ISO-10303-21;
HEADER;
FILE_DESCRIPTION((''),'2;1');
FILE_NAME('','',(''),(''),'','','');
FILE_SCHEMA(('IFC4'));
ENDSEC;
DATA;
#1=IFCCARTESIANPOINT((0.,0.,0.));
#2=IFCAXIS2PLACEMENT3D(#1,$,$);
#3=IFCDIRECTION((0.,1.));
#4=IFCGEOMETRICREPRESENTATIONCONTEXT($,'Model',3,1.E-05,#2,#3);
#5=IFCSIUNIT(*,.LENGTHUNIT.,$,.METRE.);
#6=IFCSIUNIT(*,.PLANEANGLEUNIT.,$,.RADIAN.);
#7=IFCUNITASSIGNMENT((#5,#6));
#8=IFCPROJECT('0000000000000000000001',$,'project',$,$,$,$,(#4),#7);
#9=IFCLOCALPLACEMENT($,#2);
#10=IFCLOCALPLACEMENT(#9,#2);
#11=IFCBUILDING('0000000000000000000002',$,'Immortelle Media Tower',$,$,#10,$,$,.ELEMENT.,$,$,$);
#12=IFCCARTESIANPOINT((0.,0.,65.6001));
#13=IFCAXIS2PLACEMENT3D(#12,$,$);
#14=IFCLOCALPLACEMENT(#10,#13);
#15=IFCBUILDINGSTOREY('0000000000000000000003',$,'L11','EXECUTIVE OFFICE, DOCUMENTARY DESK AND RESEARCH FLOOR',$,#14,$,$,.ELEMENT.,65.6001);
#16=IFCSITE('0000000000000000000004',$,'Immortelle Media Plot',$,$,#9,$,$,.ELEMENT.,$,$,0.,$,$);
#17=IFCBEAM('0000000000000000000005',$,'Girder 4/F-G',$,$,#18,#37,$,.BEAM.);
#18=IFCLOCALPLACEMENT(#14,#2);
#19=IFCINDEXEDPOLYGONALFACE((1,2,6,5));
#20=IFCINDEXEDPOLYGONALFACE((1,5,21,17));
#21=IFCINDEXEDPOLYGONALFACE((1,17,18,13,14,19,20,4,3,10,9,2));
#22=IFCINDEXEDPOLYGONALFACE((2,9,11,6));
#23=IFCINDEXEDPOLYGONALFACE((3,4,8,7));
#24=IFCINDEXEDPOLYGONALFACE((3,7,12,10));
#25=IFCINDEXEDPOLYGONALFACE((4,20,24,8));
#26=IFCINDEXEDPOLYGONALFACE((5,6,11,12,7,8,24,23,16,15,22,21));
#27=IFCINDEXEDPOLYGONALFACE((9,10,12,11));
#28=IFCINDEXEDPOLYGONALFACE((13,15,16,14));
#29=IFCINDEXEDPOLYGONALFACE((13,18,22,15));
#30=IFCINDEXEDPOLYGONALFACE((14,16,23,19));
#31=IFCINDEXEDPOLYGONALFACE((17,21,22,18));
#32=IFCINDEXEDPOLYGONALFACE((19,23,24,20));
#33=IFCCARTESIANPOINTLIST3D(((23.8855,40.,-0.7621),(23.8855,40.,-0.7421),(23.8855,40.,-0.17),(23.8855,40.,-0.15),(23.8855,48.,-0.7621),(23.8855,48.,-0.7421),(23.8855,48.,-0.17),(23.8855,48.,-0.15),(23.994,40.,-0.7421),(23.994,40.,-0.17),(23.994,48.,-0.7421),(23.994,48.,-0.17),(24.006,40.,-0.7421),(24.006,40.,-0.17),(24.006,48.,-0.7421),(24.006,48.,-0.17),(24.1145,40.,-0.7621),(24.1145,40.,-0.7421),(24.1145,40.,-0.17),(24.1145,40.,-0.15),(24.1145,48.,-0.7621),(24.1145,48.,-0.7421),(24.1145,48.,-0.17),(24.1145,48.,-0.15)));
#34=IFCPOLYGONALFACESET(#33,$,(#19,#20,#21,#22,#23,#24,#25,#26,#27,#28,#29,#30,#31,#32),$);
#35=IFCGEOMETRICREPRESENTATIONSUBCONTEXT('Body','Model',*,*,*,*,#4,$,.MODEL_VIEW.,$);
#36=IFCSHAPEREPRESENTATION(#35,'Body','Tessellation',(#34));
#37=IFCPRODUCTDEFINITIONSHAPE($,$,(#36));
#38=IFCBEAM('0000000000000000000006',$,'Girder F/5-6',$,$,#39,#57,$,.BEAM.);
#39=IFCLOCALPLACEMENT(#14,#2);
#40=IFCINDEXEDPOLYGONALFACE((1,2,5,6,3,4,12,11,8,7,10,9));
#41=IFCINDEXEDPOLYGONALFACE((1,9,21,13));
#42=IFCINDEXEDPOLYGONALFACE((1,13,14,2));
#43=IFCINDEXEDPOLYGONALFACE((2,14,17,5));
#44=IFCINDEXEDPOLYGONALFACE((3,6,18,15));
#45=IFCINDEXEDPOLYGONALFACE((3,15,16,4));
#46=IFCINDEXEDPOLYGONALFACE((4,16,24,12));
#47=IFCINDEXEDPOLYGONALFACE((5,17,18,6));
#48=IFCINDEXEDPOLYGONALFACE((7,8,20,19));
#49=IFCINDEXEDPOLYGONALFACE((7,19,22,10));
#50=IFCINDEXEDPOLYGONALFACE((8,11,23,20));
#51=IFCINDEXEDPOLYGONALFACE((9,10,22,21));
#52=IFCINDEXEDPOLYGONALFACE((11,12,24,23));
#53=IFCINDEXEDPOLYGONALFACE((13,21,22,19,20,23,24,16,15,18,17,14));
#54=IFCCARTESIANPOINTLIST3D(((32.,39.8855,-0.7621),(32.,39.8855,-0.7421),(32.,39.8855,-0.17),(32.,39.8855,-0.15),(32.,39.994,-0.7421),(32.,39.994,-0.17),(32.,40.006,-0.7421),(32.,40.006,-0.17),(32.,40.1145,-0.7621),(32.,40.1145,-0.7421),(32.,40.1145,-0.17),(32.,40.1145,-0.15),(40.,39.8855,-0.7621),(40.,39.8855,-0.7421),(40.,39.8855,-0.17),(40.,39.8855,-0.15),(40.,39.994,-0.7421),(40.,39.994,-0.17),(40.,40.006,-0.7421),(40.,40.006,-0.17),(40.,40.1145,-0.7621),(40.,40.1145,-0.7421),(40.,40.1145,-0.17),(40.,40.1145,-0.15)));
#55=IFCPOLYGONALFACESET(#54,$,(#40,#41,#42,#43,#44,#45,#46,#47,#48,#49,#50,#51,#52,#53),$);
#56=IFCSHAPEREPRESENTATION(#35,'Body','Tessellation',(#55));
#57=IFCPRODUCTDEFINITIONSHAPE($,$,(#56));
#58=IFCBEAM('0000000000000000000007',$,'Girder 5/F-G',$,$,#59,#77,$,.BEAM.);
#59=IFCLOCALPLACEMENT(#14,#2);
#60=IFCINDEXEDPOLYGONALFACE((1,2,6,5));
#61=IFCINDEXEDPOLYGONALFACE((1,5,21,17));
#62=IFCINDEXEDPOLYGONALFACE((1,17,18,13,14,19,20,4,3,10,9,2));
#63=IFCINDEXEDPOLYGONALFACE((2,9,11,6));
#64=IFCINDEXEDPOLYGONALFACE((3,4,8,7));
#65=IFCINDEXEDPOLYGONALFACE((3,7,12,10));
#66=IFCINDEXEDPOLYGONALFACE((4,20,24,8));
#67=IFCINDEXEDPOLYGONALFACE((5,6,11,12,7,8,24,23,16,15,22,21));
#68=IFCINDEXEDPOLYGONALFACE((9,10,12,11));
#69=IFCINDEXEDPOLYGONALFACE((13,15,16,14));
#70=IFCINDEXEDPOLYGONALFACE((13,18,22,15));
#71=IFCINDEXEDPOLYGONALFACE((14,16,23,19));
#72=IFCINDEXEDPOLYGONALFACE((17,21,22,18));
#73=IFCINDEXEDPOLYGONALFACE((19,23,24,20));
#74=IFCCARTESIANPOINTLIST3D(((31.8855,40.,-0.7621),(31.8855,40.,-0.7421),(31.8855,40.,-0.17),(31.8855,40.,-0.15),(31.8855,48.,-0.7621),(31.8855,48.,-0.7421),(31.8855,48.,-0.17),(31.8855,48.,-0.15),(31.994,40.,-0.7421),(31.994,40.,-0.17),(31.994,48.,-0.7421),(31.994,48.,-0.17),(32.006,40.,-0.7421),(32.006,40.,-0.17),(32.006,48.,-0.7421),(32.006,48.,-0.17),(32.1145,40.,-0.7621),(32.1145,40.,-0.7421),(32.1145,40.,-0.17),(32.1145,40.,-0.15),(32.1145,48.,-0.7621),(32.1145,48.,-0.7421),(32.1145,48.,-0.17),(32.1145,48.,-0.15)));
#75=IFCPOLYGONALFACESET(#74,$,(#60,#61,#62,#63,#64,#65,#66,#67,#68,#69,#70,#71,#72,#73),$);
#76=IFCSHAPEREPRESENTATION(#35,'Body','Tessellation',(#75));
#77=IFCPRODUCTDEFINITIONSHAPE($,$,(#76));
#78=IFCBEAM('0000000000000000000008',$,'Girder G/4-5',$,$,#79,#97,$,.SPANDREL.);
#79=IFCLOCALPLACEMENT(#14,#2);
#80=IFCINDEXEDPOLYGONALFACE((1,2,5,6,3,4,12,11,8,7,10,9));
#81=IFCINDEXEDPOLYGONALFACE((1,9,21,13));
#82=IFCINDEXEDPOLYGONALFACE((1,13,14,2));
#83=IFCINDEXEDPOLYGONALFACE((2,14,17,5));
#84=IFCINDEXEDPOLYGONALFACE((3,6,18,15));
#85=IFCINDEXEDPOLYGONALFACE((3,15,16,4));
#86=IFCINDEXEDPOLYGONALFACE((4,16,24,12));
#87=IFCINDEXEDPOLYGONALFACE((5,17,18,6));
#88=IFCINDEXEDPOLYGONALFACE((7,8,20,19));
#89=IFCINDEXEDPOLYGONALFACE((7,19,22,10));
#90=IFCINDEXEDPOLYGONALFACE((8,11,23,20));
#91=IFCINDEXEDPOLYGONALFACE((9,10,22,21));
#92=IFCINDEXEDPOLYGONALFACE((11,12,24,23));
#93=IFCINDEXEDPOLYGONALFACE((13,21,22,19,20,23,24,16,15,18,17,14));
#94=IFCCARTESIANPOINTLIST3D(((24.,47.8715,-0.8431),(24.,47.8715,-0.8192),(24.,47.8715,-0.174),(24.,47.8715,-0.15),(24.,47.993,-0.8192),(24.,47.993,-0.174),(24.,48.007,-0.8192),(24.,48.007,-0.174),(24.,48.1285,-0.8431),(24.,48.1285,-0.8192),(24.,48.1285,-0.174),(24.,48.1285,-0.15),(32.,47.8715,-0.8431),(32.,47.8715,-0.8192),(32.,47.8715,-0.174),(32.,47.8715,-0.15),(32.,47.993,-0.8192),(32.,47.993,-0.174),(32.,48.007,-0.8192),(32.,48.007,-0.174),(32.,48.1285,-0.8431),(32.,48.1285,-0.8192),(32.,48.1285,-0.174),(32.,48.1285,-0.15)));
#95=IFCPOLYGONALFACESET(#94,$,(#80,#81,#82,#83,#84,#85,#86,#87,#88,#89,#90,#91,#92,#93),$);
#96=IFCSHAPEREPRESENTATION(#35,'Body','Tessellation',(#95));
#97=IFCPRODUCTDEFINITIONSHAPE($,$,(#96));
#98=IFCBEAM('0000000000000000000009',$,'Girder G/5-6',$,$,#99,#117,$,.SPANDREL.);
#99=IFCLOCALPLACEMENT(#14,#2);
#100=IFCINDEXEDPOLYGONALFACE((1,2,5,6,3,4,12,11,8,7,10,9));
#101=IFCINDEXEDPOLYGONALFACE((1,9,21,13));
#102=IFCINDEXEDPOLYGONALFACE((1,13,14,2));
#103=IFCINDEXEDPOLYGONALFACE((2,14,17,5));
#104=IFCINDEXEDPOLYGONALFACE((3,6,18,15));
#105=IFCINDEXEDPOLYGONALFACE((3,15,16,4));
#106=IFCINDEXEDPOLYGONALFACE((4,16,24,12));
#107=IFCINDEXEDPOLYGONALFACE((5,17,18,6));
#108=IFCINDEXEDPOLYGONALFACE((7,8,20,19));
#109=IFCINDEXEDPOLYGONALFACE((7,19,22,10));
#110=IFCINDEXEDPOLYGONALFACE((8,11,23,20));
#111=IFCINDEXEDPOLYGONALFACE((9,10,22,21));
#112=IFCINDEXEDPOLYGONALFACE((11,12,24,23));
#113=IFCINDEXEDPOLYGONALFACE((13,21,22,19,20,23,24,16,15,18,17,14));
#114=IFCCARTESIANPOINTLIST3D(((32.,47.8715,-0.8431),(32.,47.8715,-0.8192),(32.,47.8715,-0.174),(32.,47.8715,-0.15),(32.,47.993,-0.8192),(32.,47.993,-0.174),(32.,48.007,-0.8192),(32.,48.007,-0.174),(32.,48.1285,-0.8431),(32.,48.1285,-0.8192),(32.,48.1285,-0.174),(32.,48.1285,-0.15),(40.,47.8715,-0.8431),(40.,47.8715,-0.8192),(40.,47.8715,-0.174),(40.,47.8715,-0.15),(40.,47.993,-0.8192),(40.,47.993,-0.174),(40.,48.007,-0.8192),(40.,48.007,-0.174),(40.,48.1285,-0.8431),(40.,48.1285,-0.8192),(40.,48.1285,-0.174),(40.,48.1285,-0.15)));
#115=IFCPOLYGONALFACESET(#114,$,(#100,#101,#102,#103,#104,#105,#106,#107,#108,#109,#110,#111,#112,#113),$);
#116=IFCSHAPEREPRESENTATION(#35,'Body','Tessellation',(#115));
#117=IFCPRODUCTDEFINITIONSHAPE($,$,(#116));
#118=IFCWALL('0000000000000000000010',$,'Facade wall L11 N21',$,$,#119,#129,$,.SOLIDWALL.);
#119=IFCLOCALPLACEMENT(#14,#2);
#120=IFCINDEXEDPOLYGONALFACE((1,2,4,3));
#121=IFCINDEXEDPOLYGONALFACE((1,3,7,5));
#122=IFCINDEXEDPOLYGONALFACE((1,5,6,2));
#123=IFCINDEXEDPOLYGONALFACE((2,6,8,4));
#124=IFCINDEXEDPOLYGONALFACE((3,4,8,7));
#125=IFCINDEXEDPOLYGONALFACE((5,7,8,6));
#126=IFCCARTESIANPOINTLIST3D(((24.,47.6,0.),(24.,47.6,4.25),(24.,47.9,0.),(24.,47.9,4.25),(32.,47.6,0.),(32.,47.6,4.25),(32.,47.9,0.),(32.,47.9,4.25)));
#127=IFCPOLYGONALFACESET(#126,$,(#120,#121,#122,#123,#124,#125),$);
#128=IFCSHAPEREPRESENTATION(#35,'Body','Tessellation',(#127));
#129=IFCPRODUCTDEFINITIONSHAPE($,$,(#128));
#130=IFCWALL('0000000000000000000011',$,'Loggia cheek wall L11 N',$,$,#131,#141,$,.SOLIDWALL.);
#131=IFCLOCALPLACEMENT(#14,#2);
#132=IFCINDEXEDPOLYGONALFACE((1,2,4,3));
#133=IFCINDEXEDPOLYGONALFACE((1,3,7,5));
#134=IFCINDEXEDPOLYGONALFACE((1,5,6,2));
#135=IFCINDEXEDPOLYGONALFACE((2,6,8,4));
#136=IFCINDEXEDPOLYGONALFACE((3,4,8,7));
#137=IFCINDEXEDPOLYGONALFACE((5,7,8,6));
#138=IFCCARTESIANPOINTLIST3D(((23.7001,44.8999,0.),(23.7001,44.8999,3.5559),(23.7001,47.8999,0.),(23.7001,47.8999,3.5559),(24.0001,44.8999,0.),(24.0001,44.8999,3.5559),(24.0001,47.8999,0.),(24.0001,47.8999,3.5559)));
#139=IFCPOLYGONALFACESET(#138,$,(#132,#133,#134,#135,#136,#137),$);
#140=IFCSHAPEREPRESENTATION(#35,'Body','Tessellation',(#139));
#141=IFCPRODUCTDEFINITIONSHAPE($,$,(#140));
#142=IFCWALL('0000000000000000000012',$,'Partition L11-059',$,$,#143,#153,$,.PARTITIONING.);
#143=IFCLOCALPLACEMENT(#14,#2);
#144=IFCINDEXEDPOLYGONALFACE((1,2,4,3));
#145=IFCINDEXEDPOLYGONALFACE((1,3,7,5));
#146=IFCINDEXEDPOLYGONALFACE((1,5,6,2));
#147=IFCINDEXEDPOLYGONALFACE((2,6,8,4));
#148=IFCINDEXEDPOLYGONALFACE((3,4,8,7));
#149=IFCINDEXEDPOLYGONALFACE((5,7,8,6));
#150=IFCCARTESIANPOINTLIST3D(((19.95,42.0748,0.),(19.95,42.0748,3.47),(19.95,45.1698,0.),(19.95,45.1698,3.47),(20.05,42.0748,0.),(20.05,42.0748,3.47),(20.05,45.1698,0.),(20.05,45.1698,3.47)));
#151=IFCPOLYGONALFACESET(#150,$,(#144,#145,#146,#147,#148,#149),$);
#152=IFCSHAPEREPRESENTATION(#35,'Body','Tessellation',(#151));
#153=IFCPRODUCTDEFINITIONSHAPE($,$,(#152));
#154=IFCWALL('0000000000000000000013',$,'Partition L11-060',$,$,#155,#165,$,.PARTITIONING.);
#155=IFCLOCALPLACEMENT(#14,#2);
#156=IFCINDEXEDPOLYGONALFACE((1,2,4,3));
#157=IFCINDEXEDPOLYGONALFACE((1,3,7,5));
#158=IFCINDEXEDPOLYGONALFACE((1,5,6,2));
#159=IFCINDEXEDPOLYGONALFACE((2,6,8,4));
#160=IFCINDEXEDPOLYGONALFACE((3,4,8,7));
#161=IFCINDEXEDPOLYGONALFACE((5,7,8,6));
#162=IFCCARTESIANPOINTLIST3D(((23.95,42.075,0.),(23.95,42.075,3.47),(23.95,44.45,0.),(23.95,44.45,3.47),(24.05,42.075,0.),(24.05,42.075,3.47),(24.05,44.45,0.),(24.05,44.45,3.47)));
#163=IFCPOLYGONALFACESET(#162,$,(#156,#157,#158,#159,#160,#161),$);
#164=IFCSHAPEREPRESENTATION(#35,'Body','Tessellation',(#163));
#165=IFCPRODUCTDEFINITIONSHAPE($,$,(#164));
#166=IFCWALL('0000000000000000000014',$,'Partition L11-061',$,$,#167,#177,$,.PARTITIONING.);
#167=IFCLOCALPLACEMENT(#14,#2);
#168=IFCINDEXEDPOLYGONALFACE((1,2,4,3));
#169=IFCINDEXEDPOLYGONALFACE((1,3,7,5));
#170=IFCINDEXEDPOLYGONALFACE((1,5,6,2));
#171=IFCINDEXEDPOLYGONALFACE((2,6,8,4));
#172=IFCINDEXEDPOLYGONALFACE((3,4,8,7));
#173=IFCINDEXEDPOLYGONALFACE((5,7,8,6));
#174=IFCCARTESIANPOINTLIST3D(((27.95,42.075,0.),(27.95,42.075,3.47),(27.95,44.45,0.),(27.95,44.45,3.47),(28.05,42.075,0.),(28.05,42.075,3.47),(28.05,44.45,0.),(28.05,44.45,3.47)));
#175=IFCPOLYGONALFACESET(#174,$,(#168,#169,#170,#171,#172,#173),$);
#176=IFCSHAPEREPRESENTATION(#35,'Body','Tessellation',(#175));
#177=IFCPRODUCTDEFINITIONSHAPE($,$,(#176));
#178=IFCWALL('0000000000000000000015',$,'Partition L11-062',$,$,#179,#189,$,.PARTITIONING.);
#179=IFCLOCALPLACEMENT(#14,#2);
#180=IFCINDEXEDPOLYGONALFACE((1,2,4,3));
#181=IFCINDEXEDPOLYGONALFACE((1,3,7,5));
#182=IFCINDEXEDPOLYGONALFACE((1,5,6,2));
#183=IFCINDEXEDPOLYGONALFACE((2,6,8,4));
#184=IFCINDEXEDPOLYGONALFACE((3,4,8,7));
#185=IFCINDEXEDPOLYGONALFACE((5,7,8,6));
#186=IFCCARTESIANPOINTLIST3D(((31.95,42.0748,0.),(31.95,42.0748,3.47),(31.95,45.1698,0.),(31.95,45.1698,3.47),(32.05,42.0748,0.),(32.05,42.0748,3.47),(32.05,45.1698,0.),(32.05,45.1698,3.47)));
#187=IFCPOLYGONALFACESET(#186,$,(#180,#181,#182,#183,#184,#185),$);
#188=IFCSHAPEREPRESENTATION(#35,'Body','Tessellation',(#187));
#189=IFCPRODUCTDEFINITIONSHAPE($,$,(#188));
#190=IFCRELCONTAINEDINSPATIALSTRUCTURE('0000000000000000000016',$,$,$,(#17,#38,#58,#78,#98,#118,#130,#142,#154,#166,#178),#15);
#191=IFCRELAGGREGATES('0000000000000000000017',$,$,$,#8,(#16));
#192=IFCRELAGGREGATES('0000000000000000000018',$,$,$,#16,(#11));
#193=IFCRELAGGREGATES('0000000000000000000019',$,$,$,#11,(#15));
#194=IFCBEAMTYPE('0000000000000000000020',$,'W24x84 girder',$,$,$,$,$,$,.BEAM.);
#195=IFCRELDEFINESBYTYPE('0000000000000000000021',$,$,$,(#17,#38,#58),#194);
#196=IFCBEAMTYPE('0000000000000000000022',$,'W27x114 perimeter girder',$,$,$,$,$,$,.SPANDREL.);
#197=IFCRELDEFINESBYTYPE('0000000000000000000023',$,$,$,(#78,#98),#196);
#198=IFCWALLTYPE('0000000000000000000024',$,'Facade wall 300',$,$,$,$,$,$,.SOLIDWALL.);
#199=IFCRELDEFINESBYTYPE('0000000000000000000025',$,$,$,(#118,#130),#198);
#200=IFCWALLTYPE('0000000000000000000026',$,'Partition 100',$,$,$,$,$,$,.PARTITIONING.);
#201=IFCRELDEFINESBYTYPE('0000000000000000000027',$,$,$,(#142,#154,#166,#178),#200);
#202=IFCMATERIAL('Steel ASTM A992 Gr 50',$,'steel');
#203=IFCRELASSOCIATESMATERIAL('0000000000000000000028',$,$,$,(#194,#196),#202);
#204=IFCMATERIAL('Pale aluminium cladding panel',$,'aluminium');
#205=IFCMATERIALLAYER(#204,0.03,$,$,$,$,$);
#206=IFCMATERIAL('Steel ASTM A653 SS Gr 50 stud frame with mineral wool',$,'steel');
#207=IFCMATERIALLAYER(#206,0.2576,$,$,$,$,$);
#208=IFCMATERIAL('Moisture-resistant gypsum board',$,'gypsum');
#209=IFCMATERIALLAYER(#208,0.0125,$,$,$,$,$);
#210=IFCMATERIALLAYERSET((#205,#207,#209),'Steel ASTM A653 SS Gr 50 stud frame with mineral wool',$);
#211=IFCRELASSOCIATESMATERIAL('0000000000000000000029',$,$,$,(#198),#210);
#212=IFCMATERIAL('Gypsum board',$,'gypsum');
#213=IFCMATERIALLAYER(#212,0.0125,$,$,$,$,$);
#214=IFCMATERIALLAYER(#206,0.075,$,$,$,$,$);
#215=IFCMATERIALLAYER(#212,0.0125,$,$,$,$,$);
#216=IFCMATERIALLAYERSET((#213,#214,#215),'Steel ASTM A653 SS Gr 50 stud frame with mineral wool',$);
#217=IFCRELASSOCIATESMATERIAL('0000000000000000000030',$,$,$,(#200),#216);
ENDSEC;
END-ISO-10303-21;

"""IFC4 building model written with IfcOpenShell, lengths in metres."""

from ifc_helpers import new_model, si_unit, direction, frame, frame_2d, origin, origin_2d, place, context, subcontext, project, spatial, rectangle, i_section, extrude, material, layer, layer_set, material_profile, profile_set, type_object, element, save


model = new_model("IFC4")

# Units and contexts
model_context = context("Model", 3, precision=1e-05, world=origin(), true_north=direction((0.0, 1.0)))
body_context = subcontext(model_context, "Body", "Model", "MODEL_VIEW")
ifc_project = project(units=[si_unit("LENGTHUNIT", "METRE"), si_unit("PLANEANGLEUNIT", "RADIAN")], contexts=[model_context])

# Site, building, storey
site_placement = place(None, origin())
site = spatial("IfcSite", under=ifc_project, at=site_placement, Name="Immortelle Media Plot", CompositionType="ELEMENT", RefElevation=0.0)
building_placement = place(site_placement, origin())
building = spatial("IfcBuilding", under=site, at=building_placement, Name="Immortelle Media Tower", CompositionType="ELEMENT")
storey_placement = place(building_placement, frame((0.0, 0.0, 65.6001)))
storey = spatial("IfcBuildingStorey", under=building, at=storey_placement, Name="L11", Description="EXECUTIVE OFFICE, DOCUMENTARY DESK AND RESEARCH FLOOR", CompositionType="ELEMENT", Elevation=65.6001)

# Shared definitions
ifc_material_1 = material(Name="Steel ASTM A992 Gr 50", Category="steel")

# Beams
ifc_material_profile_1 = material_profile(ifc_material_1, i_section(OverallWidth=0.229, OverallDepth=0.6121, WebThickness=0.012, FlangeThickness=0.02, at=origin_2d()), Name="W24x84")
ifc_profile_set_1 = profile_set([ifc_material_profile_1], Name="Steel ASTM A992 Gr 50")
beam_type_1 = type_object("IfcBeamType", Name="W24x84 girder", PredefinedType="BEAM", material=ifc_profile_set_1)
for number, where, z_axis, x_axis, name in (
    (1, (24.0, 40.0, -0.4561), (0.0, 1.0, 0.0), (-1.0, 0.0, 0.0), "Girder 4/F-G"),
    (2, (32.0, 40.0, -0.4561), (1.0, 0.0, 0.0), (0.0, 1.0, 0.0), "Girder F/5-6"),
    (3, (32.0, 40.0, -0.4561), (0.0, 1.0, 0.0), (-1.0, 0.0, 0.0), "Girder 5/F-G"),
):
    element("IfcBeam", number, at=place(storey_placement, frame(where, z_axis=z_axis, x_axis=x_axis)), inside=storey, type_object=beam_type_1, Name=name, PredefinedType="BEAM", context=body_context, shape_type="SweptSolid", body=[
        extrude(i_section(OverallWidth=0.229, OverallDepth=0.6121, WebThickness=0.012, FlangeThickness=0.02, at=origin_2d()), origin(), (0.0, 0.0, 1.0), 8.0),
    ])
ifc_material_profile_2 = material_profile(ifc_material_1, i_section(OverallWidth=0.2571, OverallDepth=0.6931, WebThickness=0.0139, FlangeThickness=0.0239, at=origin_2d()), Name="W27x114")
ifc_profile_set_2 = profile_set([ifc_material_profile_2], Name="Steel ASTM A992 Gr 50")
beam_type_2 = type_object("IfcBeamType", Name="W27x114 perimeter girder", PredefinedType="SPANDREL", material=ifc_profile_set_2)
for number, where, z_axis, x_axis, name in (
    (4, (24.0, 48.0, -0.4966), (1.0, 0.0, 0.0), (0.0, 1.0, 0.0), "Girder G/4-5"),
    (5, (32.0, 48.0, -0.4966), (1.0, 0.0, 0.0), (0.0, 1.0, 0.0), "Girder G/5-6"),
):
    element("IfcBeam", number, at=place(storey_placement, frame(where, z_axis=z_axis, x_axis=x_axis)), inside=storey, type_object=beam_type_2, Name=name, PredefinedType="SPANDREL", context=body_context, shape_type="SweptSolid", body=[
        extrude(i_section(OverallWidth=0.2571, OverallDepth=0.6931, WebThickness=0.0139, FlangeThickness=0.0239, at=origin_2d()), origin(), (0.0, 0.0, 1.0), 8.0),
    ])

# Wall
ifc_material_2 = material(Name="Pale aluminium cladding panel", Category="aluminium")
ifc_layer_1 = layer(ifc_material_2, 0.03)
ifc_material_3 = material(Name="Steel ASTM A653 SS Gr 50 stud frame with mineral wool", Category="steel")
ifc_layer_2 = layer(ifc_material_3, 0.2576)
ifc_material_4 = material(Name="Moisture-resistant gypsum board", Category="gypsum")
ifc_layer_3 = layer(ifc_material_4, 0.0125)
ifc_layer_set_1 = layer_set([ifc_layer_1, ifc_layer_2, ifc_layer_3], Name="Steel ASTM A653 SS Gr 50 stud frame with mineral wool")
wall_type_1 = type_object("IfcWallType", Name="Facade wall 300", PredefinedType="SOLIDWALL", material=ifc_layer_set_1)
wall_1_placement = place(storey_placement, frame((32.0, 47.75, 0.0), z_axis=(0.0, 0.0, 1.0), x_axis=(-1.0, 0.0, 0.0)))
element("IfcWall", 6, at=wall_1_placement, inside=storey, type_object=wall_type_1, Name="Facade wall L11 N21", PredefinedType="SOLIDWALL", context=body_context, shape_type="SweptSolid", body=[
    extrude(rectangle(XDim=8.0, YDim=0.3, at=frame_2d((4.0, 0.0))), origin(), (0.0, 0.0, 1.0), 4.25),
])

# Walls
wall_2_placement = place(storey_placement, frame((23.8501, 47.8999, 0.0), z_axis=(0.0, 0.0, 1.0), x_axis=(0.0, -1.0, 0.0)))
element("IfcWall", 7, at=wall_2_placement, inside=storey, type_object=wall_type_1, Name="Loggia cheek wall L11 N", PredefinedType="SOLIDWALL", context=body_context, shape_type="SweptSolid", body=[
    extrude(rectangle(XDim=3.0, YDim=0.3, at=frame_2d((1.5, 0.0))), origin(), (0.0, 0.0, 1.0), 3.5559),
])
ifc_material_5 = material(Name="Gypsum board", Category="gypsum")
ifc_layer_4 = layer(ifc_material_5, 0.0125)
ifc_layer_5 = layer(ifc_material_3, 0.075)
ifc_layer_6 = layer(ifc_material_5, 0.0125)
ifc_layer_set_2 = layer_set([ifc_layer_4, ifc_layer_5, ifc_layer_6], Name="Steel ASTM A653 SS Gr 50 stud frame with mineral wool")
wall_type_2 = type_object("IfcWallType", Name="Partition 100", PredefinedType="PARTITIONING", material=ifc_layer_set_2)
wall_3_placement = place(storey_placement, frame((20.0, 42.075, 0.0), z_axis=(0.0, 0.0, 1.0), x_axis=(0.0, 1.0, 0.0)))
element("IfcWall", 8, at=wall_3_placement, inside=storey, type_object=wall_type_2, Name="Partition L11-059", PredefinedType="PARTITIONING", context=body_context, shape_type="SweptSolid", body=[
    extrude(rectangle(XDim=3.095, YDim=0.1001, at=frame_2d((1.5474, 0.0))), origin(), (0.0, 0.0, 1.0), 3.47),
])
for number, where, z_axis, x_axis, name in (
    (9, (24.0, 42.075, 0.0), (0.0, 0.0, 1.0), (0.0, 1.0, 0.0), "Partition L11-060"),
    (10, (28.0, 42.075, 0.0), (0.0, 0.0, 1.0), (0.0, 1.0, 0.0), "Partition L11-061"),
):
    element("IfcWall", number, at=place(storey_placement, frame(where, z_axis=z_axis, x_axis=x_axis)), inside=storey, type_object=wall_type_2, Name=name, PredefinedType="PARTITIONING", context=body_context, shape_type="SweptSolid", body=[
        extrude(rectangle(XDim=2.375, YDim=0.1001, at=frame_2d((1.1875, 0.0))), origin(), (0.0, 0.0, 1.0), 3.47),
    ])
wall_4_placement = place(storey_placement, frame((32.0, 42.075, 0.0), z_axis=(0.0, 0.0, 1.0), x_axis=(0.0, 1.0, 0.0)))
element("IfcWall", 11, at=wall_4_placement, inside=storey, type_object=wall_type_2, Name="Partition L11-062", PredefinedType="PARTITIONING", context=body_context, shape_type="SweptSolid", body=[
    extrude(rectangle(XDim=3.095, YDim=0.1001, at=frame_2d((1.5474, 0.0))), origin(), (0.0, 0.0, 1.0), 3.47),
])

save(model, "model.ifc")
